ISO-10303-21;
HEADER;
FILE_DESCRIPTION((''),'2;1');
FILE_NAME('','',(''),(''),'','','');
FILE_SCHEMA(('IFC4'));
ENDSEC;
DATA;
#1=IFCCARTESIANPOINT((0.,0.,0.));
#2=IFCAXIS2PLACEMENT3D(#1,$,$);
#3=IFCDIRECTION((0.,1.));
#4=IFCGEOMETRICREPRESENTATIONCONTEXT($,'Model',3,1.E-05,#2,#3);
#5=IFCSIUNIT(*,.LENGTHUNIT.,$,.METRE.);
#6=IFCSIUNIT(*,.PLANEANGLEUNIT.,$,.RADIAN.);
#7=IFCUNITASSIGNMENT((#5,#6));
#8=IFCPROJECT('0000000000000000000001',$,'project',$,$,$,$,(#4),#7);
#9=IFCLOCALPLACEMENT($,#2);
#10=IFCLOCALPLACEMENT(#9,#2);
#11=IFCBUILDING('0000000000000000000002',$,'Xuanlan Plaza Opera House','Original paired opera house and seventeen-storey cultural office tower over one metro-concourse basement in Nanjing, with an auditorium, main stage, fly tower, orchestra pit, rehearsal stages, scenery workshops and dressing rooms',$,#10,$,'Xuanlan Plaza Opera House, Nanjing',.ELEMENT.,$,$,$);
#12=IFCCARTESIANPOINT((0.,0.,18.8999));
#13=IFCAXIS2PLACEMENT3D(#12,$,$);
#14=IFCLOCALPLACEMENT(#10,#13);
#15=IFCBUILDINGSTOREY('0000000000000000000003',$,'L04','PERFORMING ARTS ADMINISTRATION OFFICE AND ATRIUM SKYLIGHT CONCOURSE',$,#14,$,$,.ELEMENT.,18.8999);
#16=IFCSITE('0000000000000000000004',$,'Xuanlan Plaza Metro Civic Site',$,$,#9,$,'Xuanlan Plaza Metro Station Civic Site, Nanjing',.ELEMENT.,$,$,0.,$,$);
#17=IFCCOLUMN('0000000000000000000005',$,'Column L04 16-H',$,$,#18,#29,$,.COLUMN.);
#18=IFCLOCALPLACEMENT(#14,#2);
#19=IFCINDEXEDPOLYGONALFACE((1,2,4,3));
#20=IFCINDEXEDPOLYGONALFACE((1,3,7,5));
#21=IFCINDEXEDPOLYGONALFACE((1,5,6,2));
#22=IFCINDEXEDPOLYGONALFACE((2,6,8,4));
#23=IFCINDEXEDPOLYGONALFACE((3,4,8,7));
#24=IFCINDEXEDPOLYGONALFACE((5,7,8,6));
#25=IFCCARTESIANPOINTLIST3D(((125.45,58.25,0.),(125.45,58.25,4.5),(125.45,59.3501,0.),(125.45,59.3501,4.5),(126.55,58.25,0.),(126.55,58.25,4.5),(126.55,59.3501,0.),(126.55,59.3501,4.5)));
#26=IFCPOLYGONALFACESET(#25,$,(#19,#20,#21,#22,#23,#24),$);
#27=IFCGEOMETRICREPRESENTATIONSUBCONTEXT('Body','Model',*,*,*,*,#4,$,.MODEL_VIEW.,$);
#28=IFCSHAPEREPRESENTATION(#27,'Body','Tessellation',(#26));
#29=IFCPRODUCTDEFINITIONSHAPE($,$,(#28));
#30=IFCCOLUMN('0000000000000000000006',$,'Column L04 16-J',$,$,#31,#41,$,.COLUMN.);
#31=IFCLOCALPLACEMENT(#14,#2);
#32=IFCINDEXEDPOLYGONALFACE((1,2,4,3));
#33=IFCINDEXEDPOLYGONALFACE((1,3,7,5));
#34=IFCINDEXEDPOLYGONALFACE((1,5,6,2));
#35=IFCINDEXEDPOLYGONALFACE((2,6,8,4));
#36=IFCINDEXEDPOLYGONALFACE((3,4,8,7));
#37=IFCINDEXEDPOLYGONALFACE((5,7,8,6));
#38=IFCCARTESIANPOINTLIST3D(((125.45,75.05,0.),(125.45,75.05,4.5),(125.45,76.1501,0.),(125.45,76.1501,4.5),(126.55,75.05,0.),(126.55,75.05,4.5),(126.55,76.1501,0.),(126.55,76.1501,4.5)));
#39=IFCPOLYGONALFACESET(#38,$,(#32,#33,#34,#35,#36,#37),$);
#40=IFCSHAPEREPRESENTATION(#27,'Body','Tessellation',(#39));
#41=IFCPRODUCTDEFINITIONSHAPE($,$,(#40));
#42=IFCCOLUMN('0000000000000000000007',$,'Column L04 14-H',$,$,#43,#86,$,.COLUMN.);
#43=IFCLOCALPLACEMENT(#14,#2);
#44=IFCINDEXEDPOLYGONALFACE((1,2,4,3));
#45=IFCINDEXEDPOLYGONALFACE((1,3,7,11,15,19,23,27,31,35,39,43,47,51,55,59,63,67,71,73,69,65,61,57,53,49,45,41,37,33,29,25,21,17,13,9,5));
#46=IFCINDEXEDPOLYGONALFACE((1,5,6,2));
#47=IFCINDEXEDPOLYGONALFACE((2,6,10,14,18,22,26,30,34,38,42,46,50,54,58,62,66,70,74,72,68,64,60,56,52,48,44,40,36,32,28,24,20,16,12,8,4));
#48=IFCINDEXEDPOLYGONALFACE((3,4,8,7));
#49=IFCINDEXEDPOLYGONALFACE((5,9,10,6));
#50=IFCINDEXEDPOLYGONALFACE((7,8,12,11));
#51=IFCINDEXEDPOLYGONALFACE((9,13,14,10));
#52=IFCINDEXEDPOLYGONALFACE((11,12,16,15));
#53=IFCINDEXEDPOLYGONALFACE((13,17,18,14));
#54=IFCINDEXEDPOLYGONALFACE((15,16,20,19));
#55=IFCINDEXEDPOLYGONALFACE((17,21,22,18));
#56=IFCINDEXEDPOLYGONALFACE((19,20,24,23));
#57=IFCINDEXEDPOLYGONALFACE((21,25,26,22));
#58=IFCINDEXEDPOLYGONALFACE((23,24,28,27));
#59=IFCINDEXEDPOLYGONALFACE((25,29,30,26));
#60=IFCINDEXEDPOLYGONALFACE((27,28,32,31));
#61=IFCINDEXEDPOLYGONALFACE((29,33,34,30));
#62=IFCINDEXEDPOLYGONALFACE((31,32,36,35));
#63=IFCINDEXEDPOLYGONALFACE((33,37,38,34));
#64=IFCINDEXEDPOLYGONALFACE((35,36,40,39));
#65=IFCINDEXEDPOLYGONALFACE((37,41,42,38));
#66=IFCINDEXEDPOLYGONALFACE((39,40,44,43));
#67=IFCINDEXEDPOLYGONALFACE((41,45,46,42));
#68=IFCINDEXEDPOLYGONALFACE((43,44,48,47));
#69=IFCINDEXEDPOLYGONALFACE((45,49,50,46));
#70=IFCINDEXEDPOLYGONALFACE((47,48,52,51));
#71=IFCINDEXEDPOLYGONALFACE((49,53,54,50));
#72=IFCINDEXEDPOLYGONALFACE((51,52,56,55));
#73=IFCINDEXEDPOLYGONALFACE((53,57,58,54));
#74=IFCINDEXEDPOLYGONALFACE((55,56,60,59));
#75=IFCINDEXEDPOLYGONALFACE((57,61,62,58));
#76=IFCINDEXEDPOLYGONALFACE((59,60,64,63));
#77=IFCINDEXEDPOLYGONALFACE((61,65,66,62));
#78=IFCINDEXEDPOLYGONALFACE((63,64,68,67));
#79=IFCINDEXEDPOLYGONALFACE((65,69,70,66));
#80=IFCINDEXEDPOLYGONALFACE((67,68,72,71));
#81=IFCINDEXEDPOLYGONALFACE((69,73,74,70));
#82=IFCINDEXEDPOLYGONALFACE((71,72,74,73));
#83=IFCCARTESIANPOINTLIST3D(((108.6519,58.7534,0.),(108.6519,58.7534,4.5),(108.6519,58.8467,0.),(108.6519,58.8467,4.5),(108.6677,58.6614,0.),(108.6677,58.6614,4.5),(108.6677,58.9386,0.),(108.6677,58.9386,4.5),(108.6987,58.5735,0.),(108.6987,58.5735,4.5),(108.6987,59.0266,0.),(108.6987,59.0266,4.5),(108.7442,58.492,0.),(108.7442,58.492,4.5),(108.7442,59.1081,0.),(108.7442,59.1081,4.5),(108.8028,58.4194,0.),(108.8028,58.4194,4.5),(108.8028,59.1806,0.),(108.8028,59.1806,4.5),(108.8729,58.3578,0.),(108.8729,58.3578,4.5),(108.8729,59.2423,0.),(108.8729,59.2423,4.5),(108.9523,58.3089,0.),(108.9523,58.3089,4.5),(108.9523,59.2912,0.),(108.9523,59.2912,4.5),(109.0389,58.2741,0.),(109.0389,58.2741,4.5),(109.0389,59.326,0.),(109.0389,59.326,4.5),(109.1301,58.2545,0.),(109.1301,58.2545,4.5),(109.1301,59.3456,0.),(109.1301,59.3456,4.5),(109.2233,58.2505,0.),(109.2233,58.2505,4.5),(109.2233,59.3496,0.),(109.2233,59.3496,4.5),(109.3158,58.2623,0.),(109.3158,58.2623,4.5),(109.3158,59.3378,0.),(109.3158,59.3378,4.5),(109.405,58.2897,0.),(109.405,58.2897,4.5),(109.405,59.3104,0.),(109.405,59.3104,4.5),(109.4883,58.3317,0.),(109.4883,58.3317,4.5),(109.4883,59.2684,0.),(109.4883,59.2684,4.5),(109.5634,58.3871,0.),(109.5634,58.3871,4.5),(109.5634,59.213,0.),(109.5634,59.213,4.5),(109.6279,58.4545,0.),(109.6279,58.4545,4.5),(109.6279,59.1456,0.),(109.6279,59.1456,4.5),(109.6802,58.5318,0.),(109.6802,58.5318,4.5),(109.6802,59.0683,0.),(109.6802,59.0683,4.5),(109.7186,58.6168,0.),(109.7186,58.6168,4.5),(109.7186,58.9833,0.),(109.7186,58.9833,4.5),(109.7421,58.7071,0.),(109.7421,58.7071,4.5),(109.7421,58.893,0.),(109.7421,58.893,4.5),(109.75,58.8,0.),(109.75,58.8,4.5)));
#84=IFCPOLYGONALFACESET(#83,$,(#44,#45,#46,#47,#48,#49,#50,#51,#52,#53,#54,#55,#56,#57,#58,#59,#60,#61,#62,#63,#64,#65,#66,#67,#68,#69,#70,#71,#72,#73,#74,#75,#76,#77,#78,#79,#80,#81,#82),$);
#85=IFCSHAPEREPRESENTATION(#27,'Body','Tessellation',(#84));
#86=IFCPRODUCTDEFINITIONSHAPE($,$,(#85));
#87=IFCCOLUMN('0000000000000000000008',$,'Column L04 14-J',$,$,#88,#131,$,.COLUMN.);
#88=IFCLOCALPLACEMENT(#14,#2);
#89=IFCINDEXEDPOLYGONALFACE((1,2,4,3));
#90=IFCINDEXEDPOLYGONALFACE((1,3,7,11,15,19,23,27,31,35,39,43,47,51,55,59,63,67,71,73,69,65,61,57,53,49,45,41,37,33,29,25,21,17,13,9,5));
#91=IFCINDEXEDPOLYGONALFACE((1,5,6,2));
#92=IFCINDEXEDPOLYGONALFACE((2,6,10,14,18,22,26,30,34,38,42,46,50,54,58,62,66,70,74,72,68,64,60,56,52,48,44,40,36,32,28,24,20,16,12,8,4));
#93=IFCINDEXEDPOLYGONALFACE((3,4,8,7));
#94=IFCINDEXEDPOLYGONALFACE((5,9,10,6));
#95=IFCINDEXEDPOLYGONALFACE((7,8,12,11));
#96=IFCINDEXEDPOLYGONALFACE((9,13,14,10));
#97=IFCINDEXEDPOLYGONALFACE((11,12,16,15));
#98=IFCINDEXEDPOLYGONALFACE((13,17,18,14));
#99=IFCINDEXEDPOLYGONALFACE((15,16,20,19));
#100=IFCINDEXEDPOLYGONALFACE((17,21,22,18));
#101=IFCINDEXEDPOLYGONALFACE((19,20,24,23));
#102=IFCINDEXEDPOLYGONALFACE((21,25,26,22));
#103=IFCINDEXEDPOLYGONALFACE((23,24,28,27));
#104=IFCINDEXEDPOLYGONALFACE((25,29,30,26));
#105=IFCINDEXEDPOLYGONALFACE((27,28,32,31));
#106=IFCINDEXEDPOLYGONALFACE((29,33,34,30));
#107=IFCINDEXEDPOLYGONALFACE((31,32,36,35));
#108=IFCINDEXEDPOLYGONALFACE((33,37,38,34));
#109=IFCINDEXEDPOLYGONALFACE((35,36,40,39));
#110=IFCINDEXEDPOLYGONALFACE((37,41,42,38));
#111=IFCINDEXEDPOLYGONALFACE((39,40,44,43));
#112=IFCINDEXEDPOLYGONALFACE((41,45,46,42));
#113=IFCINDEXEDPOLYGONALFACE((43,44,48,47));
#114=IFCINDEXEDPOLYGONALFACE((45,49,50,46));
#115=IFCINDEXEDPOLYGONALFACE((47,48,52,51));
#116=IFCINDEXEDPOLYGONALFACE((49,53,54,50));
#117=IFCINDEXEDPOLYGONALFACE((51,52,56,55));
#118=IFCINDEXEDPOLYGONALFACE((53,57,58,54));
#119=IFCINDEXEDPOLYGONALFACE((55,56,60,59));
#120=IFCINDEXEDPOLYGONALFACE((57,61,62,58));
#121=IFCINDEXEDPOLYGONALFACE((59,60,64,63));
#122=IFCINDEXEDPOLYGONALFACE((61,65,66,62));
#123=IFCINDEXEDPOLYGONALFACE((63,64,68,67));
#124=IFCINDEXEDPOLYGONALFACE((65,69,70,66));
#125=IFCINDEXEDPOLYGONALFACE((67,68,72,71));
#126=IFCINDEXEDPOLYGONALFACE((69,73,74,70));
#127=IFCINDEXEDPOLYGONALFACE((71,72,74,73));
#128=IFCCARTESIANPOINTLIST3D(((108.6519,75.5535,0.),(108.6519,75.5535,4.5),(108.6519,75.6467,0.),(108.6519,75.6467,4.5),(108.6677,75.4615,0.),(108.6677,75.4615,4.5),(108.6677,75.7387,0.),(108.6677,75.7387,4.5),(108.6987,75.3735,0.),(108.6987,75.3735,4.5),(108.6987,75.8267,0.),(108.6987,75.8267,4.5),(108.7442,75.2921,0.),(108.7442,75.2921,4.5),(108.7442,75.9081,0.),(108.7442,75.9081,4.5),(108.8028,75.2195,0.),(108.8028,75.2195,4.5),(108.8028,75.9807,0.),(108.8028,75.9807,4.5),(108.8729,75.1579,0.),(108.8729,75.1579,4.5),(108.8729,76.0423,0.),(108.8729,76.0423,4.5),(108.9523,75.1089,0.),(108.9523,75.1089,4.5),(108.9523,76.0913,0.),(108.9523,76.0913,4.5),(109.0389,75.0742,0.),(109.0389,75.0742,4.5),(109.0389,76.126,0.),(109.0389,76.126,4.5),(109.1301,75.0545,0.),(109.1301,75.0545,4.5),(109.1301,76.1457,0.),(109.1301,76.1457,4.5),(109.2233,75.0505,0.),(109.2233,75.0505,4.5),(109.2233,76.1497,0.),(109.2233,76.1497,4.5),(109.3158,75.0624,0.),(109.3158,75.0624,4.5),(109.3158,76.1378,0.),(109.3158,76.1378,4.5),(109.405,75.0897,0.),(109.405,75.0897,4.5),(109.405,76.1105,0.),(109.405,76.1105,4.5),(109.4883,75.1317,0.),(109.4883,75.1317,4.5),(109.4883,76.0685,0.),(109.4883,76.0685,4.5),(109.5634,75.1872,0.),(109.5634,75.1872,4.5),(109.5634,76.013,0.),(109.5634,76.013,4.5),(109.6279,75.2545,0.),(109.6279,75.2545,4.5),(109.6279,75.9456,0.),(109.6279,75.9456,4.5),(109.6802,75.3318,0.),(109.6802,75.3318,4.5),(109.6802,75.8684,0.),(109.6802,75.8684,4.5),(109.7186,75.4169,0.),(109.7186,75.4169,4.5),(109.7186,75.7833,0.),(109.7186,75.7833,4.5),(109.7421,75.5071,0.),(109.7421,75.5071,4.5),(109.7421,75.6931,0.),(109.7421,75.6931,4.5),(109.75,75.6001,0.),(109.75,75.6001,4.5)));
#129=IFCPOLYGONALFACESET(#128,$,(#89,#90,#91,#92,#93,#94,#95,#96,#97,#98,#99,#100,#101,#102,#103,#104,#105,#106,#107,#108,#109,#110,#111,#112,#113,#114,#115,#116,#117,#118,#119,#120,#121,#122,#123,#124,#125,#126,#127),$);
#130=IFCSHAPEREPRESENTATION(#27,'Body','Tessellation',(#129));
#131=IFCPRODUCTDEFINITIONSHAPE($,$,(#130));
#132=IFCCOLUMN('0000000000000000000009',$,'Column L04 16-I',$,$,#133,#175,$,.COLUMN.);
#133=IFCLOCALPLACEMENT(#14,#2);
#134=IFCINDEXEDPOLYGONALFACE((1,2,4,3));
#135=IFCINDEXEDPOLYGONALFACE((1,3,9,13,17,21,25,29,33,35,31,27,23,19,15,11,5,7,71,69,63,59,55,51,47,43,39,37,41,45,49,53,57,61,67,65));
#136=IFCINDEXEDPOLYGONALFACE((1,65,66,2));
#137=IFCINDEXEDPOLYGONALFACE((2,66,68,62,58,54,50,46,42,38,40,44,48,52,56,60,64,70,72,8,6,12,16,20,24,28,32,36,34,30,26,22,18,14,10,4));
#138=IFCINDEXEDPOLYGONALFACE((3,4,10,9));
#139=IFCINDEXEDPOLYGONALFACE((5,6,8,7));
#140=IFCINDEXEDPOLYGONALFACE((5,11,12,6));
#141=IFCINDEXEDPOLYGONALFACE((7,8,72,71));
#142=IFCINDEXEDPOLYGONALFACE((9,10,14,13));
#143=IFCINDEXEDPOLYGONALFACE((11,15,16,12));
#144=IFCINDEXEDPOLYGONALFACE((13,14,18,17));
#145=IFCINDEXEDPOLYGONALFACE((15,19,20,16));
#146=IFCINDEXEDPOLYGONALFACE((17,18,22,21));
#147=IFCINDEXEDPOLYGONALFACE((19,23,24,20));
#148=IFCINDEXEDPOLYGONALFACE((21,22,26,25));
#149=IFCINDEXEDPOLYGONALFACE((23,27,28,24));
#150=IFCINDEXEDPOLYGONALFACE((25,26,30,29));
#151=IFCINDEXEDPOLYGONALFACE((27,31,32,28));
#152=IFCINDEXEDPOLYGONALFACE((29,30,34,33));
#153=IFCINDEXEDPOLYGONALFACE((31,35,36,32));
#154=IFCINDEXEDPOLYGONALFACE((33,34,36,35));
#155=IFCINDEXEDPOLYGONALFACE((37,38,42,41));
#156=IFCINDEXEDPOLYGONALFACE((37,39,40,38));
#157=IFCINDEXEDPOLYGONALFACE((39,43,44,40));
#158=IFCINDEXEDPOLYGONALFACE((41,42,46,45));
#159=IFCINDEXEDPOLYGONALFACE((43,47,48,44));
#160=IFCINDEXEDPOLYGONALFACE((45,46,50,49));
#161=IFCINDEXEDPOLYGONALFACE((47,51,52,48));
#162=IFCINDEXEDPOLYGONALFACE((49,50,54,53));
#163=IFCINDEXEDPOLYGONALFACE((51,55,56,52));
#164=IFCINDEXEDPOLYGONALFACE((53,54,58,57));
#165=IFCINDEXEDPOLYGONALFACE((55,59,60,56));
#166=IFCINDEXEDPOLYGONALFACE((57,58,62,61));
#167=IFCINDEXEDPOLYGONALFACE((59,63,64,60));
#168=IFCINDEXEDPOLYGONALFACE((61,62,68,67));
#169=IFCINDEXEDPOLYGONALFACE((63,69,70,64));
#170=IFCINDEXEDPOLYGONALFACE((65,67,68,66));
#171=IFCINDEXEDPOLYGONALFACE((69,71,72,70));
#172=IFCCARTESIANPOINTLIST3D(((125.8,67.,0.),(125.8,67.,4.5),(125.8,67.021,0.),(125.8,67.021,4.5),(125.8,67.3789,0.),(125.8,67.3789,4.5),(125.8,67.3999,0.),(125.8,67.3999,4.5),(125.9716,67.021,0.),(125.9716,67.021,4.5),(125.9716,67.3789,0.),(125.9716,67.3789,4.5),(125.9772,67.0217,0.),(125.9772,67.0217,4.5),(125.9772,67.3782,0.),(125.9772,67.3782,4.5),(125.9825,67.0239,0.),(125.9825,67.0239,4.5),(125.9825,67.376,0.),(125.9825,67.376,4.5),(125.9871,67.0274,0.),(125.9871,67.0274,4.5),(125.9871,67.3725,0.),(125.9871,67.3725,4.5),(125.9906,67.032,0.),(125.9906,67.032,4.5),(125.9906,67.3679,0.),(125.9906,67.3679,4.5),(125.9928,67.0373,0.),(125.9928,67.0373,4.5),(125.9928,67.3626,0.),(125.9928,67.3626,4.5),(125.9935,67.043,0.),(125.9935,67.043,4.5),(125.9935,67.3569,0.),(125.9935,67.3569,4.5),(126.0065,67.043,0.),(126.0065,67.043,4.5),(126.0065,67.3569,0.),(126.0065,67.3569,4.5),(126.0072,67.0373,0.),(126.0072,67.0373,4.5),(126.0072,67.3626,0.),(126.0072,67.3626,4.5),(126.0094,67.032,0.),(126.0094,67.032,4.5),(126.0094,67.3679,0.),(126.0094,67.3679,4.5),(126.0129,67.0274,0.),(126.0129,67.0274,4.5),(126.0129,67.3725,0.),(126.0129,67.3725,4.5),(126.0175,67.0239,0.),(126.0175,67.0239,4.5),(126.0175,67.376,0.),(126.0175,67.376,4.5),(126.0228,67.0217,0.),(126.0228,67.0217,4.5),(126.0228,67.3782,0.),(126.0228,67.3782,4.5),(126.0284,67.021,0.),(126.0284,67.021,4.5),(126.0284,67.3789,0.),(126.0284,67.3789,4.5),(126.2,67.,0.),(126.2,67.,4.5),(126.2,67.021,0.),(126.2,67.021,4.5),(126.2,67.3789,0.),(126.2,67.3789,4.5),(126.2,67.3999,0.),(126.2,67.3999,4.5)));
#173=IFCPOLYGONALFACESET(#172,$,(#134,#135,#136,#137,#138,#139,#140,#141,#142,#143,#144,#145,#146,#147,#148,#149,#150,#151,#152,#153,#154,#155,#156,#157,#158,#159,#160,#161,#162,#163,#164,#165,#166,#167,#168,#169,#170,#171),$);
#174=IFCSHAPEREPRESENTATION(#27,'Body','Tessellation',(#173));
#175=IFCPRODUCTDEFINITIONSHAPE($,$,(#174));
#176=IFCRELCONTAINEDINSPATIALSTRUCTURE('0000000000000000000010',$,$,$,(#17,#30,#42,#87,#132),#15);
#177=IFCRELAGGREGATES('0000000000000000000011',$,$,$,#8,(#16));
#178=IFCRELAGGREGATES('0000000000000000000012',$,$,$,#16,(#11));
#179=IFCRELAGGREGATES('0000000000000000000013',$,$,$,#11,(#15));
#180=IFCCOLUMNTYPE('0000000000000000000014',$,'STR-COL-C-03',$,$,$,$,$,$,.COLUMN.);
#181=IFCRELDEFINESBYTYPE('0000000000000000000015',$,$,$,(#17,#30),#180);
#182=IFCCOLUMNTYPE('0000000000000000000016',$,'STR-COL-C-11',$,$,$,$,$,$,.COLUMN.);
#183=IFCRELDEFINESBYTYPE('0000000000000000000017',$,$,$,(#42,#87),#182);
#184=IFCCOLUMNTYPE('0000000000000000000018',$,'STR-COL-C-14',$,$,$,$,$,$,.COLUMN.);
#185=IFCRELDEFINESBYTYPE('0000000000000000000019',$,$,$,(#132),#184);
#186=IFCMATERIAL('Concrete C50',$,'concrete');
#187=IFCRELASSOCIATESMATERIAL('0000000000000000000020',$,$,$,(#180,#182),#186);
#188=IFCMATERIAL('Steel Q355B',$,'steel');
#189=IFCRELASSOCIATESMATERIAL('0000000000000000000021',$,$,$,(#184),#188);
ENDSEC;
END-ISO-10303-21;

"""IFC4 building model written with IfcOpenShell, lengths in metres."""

from ifc_helpers import new_model, si_unit, direction, frame, origin, origin_2d, place, context, subcontext, project, spatial, rectangle, circle, i_section, extrude, material, material_profile, profile_set, type_object, element, save


model = new_model("IFC4")

# Units and contexts
model_context = context("Model", 3, precision=1e-05, world=origin(), true_north=direction((0.0, 1.0)))
body_context = subcontext(model_context, "Body", "Model", "MODEL_VIEW")
ifc_project = project(units=[si_unit("LENGTHUNIT", "METRE"), si_unit("PLANEANGLEUNIT", "RADIAN")], contexts=[model_context])

# Site, building, storey
site_placement = place(None, origin())
site = spatial("IfcSite", under=ifc_project, at=site_placement, Name="Xuanlan Plaza Metro Civic Site", LongName="Xuanlan Plaza Metro Station Civic Site, Nanjing", CompositionType="ELEMENT", RefElevation=0.0)
building_placement = place(site_placement, origin())
building = spatial("IfcBuilding", under=site, at=building_placement, Name="Xuanlan Plaza Opera House", Description="Original paired opera house and seventeen-storey cultural office tower over one metro-concourse basement in Nanjing, with an auditorium, main stage, fly tower, orchestra pit, rehearsal stages, scenery workshops and dressing rooms", LongName="Xuanlan Plaza Opera House, Nanjing", CompositionType="ELEMENT")
storey_placement = place(building_placement, frame((0.0, 0.0, 18.8999)))
storey = spatial("IfcBuildingStorey", under=building, at=storey_placement, Name="L04", Description="PERFORMING ARTS ADMINISTRATION OFFICE AND ATRIUM SKYLIGHT CONCOURSE", CompositionType="ELEMENT", Elevation=18.8999)

# Columns
ifc_material_1 = material(Name="Concrete C50", Category="concrete")
ifc_material_profile_1 = material_profile(ifc_material_1, rectangle(XDim=1.1001, YDim=1.1001, at=origin_2d()), Name="RC-COL 1100x1100")
ifc_profile_set_1 = profile_set([ifc_material_profile_1], Name="Concrete C50")
column_type_1 = type_object("IfcColumnType", Name="STR-COL-C-03", PredefinedType="COLUMN", material=ifc_profile_set_1)
for number, where, z_axis, x_axis, name in (
    (1, (126.0, 58.8, 0.0), (0.0, 0.0, 1.0), (1.0, 0.0, 0.0), "Column L04 16-H"),
    (2, (126.0, 75.6001, 0.0), (0.0, 0.0, 1.0), (1.0, 0.0, 0.0), "Column L04 16-J"),
):
    element("IfcColumn", number, at=place(storey_placement, frame(where, z_axis=z_axis, x_axis=x_axis)), inside=storey, type_object=column_type_1, Name=name, PredefinedType="COLUMN", context=body_context, shape_type="SweptSolid", body=[
        extrude(rectangle(XDim=1.1001, YDim=1.1001, at=origin_2d()), origin(), (0.0, 0.0, 1.0), 4.5),
    ])
ifc_material_profile_2 = material_profile(ifc_material_1, circle(Radius=0.55, at=origin_2d()), Name="RC-COL D1100")
ifc_profile_set_2 = profile_set([ifc_material_profile_2], Name="Concrete C50")
column_type_2 = type_object("IfcColumnType", Name="STR-COL-C-11", PredefinedType="COLUMN", material=ifc_profile_set_2)
for number, where, z_axis, x_axis, name in (
    (3, (109.2, 58.8, 0.0), (0.0, 0.0, 1.0), (1.0, 0.0, 0.0), "Column L04 14-H"),
    (4, (109.2, 75.6001, 0.0), (0.0, 0.0, 1.0), (1.0, 0.0, 0.0), "Column L04 14-J"),
):
    element("IfcColumn", number, at=place(storey_placement, frame(where, z_axis=z_axis, x_axis=x_axis)), inside=storey, type_object=column_type_2, Name=name, PredefinedType="COLUMN", context=body_context, shape_type="SweptSolid", body=[
        extrude(circle(Radius=0.55, at=origin_2d()), origin(), (0.0, 0.0, 1.0), 4.5),
    ])
ifc_material_2 = material(Name="Steel Q355B", Category="steel")
ifc_material_profile_3 = material_profile(ifc_material_2, i_section(OverallWidth=0.3999, OverallDepth=0.3999, WebThickness=0.0129, FlangeThickness=0.021, FilletRadius=0.022, at=origin_2d()), Name="HW 400x400x13x21")
ifc_profile_set_3 = profile_set([ifc_material_profile_3], Name="Steel Q355B")
column_type_3 = type_object("IfcColumnType", Name="STR-COL-C-14", PredefinedType="COLUMN", material=ifc_profile_set_3)
column_1_placement = place(storey_placement, frame((126.0, 67.2, 0.0), z_axis=(0.0, 0.0, 1.0), x_axis=(1.0, 0.0, 0.0)))
element("IfcColumn", 5, at=column_1_placement, inside=storey, type_object=column_type_3, Name="Column L04 16-I", PredefinedType="COLUMN", context=body_context, shape_type="SweptSolid", body=[
    extrude(i_section(OverallWidth=0.3999, OverallDepth=0.3999, WebThickness=0.0129, FlangeThickness=0.021, FilletRadius=0.022, at=origin_2d()), origin(), (0.0, 0.0, 1.0), 4.5),
])

save(model, "model.ifc")
